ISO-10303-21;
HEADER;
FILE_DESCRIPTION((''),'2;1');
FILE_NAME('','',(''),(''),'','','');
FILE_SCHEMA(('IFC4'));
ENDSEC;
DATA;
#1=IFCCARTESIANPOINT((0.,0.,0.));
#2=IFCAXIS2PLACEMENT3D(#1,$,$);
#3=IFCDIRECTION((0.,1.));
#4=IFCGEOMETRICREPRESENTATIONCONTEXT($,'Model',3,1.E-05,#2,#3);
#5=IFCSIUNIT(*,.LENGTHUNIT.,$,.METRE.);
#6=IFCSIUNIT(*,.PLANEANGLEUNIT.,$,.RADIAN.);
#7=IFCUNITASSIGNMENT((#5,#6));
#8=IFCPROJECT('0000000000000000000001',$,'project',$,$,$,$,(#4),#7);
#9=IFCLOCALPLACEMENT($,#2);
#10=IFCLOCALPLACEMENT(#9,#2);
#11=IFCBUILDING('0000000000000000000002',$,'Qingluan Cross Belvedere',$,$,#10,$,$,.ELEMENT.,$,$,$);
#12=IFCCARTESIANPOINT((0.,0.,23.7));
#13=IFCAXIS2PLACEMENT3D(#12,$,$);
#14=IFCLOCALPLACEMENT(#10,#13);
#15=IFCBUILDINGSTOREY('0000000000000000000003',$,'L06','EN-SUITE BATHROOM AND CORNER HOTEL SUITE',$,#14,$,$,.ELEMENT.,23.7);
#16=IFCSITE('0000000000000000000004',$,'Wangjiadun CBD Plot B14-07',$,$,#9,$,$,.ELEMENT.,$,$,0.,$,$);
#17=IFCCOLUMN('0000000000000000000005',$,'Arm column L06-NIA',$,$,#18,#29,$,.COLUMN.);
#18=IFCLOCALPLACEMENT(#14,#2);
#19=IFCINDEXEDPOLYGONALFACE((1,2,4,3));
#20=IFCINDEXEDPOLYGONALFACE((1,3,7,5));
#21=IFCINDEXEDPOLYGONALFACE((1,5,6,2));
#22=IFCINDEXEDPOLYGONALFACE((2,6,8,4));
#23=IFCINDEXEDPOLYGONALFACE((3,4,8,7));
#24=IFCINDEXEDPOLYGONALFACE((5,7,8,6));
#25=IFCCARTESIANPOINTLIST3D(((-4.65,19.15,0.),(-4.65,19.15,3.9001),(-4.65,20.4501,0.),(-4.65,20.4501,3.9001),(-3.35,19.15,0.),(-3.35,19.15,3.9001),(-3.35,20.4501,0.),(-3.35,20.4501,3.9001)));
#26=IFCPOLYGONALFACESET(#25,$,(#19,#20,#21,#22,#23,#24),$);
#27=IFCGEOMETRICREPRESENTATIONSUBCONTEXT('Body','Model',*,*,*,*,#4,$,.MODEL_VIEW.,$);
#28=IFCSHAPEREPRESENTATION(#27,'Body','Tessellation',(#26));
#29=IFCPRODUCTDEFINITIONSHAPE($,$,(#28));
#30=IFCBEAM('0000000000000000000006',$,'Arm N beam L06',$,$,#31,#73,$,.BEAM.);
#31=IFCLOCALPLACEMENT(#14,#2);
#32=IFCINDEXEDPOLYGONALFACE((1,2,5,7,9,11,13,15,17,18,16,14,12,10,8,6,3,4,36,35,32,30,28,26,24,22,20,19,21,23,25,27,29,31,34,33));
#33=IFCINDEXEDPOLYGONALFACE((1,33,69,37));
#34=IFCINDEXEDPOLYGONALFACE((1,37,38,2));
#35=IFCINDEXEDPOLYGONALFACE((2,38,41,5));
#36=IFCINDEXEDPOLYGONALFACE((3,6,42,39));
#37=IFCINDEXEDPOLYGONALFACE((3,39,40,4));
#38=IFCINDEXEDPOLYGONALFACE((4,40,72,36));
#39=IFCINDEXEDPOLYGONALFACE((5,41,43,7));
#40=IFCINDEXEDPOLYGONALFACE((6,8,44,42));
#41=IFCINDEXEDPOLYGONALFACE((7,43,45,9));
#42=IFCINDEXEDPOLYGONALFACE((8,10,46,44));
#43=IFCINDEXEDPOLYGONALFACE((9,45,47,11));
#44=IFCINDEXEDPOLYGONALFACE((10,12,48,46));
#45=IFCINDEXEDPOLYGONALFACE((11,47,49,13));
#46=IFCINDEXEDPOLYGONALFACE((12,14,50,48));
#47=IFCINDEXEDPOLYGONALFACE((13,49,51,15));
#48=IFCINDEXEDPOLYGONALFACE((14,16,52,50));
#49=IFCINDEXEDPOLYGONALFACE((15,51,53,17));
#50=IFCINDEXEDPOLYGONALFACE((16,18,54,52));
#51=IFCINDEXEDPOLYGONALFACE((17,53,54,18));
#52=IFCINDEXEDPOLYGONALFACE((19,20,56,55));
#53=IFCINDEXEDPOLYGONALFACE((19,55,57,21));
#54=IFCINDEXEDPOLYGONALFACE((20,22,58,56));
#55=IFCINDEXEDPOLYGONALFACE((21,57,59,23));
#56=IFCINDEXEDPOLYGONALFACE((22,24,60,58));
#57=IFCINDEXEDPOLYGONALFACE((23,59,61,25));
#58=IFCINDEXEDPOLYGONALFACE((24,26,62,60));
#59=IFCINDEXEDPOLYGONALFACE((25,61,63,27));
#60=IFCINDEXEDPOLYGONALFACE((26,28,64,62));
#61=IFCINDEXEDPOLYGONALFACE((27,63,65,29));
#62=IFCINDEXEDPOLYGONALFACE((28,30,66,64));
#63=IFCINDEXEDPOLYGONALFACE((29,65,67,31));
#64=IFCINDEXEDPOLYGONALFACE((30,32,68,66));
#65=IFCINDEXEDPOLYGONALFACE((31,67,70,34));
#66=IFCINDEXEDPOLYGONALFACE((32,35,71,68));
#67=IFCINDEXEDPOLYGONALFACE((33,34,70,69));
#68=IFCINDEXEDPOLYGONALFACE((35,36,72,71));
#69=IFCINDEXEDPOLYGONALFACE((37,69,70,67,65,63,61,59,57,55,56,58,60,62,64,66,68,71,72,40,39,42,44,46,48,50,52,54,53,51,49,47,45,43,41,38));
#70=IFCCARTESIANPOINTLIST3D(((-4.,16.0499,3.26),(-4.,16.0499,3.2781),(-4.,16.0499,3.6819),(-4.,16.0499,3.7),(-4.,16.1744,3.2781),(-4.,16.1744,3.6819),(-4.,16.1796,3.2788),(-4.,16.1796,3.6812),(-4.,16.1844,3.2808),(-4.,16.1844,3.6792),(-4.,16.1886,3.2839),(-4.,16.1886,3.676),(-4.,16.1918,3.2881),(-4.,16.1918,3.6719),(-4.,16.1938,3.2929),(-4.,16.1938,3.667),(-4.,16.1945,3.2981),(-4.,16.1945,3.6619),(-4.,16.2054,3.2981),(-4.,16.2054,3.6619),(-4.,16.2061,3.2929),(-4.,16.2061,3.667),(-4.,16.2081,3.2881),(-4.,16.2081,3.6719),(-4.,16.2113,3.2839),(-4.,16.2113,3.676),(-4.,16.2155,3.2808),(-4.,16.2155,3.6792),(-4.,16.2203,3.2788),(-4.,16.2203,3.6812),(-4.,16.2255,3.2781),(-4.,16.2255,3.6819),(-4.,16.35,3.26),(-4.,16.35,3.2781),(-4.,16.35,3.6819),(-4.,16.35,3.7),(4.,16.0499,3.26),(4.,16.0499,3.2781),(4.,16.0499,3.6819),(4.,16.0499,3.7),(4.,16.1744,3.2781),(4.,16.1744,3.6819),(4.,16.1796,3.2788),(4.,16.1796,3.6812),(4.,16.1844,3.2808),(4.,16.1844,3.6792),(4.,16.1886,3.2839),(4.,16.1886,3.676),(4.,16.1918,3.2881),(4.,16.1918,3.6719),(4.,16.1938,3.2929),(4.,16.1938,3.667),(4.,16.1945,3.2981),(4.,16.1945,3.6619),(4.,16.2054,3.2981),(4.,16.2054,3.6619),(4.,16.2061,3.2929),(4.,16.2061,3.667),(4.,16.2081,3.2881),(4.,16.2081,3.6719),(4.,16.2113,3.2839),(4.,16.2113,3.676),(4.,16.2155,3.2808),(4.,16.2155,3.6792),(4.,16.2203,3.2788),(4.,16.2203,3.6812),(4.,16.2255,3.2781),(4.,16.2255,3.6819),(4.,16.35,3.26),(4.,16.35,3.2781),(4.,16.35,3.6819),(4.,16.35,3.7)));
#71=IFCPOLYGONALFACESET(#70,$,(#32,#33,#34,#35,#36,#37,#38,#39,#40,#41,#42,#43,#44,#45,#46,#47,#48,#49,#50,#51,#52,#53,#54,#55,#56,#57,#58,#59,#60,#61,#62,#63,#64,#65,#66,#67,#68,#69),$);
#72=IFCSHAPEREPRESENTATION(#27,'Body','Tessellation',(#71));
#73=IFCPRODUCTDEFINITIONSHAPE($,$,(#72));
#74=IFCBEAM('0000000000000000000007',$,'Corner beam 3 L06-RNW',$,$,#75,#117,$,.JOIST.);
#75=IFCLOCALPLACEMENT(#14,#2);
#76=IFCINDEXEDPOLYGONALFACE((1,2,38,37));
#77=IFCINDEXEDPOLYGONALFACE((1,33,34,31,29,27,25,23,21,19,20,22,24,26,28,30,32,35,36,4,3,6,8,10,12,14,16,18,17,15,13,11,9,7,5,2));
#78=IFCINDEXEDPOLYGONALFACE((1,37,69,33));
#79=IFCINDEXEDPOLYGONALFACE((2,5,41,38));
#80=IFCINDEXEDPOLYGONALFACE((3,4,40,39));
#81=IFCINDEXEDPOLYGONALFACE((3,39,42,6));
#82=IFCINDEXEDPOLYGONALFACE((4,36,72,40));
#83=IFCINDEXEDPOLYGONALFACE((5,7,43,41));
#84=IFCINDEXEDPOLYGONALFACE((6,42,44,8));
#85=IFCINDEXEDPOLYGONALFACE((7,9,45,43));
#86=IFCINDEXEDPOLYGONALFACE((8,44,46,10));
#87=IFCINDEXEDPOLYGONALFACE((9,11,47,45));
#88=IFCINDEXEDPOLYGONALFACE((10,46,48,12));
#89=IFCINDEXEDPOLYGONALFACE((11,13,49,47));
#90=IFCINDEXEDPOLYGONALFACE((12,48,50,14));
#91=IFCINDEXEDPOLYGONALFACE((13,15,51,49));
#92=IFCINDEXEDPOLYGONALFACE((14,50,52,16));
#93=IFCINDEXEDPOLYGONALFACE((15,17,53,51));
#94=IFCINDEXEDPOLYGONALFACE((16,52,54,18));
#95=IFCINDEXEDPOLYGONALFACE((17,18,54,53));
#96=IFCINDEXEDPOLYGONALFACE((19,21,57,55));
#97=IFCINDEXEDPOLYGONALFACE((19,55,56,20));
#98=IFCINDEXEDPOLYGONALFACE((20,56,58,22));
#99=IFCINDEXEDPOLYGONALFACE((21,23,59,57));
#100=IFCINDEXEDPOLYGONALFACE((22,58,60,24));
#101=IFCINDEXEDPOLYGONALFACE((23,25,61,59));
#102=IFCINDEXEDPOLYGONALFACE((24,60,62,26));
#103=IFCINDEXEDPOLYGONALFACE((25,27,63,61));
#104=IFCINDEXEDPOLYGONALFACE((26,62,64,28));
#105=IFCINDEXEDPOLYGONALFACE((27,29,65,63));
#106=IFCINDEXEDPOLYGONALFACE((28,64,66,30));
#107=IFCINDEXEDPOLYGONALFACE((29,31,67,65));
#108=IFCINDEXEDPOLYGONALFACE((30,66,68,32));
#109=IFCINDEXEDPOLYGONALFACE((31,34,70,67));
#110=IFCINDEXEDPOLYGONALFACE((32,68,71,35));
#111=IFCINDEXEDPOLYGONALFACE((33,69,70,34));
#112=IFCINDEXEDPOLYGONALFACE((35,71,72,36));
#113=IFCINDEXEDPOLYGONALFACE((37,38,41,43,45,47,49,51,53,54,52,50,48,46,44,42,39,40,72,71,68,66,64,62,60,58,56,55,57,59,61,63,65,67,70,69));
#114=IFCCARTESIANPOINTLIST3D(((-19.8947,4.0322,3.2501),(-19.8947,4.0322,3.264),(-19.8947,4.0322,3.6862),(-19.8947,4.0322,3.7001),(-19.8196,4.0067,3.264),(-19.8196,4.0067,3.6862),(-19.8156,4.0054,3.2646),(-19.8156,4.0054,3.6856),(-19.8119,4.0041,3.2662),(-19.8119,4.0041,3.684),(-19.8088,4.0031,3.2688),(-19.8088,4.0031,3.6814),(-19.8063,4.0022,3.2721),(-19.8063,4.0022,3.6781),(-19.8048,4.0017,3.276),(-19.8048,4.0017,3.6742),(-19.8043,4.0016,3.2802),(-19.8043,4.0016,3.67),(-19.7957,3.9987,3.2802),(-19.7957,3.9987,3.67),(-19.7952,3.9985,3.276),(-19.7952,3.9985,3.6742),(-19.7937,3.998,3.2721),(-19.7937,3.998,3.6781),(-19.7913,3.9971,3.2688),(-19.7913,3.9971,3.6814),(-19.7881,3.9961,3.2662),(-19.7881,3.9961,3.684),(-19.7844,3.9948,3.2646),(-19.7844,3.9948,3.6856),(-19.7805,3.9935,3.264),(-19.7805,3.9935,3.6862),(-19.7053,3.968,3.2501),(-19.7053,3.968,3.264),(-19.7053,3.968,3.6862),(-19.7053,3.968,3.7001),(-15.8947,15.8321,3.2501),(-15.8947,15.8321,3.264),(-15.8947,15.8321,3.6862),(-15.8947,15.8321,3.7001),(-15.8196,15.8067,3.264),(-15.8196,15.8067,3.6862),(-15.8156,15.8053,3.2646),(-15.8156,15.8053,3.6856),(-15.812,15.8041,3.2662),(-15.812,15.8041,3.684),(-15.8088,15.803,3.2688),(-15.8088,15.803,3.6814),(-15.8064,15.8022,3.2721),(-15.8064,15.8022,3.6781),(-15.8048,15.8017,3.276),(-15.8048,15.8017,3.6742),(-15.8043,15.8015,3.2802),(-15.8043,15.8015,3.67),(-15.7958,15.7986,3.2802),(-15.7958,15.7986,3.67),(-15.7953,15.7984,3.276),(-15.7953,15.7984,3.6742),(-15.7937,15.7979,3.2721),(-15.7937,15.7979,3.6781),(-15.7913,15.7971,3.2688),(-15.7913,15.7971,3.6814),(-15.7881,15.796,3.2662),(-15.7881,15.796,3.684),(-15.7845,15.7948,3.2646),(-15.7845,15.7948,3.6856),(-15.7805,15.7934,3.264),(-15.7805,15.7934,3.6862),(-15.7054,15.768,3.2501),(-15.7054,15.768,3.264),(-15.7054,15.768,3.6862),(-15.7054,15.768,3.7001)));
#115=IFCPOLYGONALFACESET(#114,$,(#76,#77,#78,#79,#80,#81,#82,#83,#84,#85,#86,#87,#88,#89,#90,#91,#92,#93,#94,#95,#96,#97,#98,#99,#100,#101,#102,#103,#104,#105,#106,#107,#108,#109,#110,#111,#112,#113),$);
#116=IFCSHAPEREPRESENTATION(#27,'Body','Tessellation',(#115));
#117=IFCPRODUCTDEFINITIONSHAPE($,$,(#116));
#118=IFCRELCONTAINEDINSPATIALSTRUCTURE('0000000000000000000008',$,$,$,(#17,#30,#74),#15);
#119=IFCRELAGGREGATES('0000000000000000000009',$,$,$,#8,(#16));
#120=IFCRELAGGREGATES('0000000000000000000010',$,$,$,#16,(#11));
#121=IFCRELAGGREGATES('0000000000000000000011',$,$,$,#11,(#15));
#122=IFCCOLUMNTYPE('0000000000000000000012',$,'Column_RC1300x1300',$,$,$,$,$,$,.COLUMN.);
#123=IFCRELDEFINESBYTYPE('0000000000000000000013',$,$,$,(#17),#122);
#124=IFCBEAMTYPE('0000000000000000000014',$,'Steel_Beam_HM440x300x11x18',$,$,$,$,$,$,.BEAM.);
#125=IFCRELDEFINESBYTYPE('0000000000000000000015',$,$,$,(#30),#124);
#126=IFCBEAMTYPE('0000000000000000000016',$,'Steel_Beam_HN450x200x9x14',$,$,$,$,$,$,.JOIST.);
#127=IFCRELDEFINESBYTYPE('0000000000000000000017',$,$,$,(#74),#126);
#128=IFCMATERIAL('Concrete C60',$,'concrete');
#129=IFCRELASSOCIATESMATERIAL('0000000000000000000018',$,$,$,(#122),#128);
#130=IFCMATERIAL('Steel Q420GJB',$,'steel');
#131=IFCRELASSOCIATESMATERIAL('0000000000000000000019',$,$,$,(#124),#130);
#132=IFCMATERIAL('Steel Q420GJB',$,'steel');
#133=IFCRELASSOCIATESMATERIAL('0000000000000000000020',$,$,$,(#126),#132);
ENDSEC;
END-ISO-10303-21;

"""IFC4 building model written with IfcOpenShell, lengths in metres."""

from ifc_helpers import new_model, si_unit, direction, frame, origin, origin_2d, place, context, subcontext, project, spatial, rectangle, i_section, extrude, material, material_profile, profile_set, type_object, element, save


model = new_model("IFC4")

# Units and contexts
model_context = context("Model", 3, precision=1e-05, world=origin(), true_north=direction((0.0, 1.0)))
body_context = subcontext(model_context, "Body", "Model", "MODEL_VIEW")
ifc_project = project(units=[si_unit("LENGTHUNIT", "METRE"), si_unit("PLANEANGLEUNIT", "RADIAN")], contexts=[model_context])

# Site, building, storey
site_placement = place(None, origin())
site = spatial("IfcSite", under=ifc_project, at=site_placement, Name="Wangjiadun CBD Plot B14-07", CompositionType="ELEMENT", RefElevation=0.0)
building_placement = place(site_placement, origin())
building = spatial("IfcBuilding", under=site, at=building_placement, Name="Qingluan Cross Belvedere", CompositionType="ELEMENT")
storey_placement = place(building_placement, frame((0.0, 0.0, 23.7)))
storey = spatial("IfcBuildingStorey", under=building, at=storey_placement, Name="L06", Description="EN-SUITE BATHROOM AND CORNER HOTEL SUITE", CompositionType="ELEMENT", Elevation=23.7)

# Column
ifc_material_1 = material(Name="Concrete C60", Category="concrete")
ifc_material_profile_1 = material_profile(ifc_material_1, rectangle(XDim=1.3, YDim=1.3, at=origin_2d()), Name="RC1300x1300")
ifc_profile_set_1 = profile_set([ifc_material_profile_1], Name="Concrete C60")
column_type = type_object("IfcColumnType", Name="Column_RC1300x1300", PredefinedType="COLUMN", material=ifc_profile_set_1)
column_placement = place(storey_placement, frame((-4.0, 19.8, 0.0), z_axis=(0.0, 0.0, 1.0), x_axis=(1.0, 0.0, 0.0)))
element("IfcColumn", 1, at=column_placement, inside=storey, type_object=column_type, Name="Arm column L06-NIA", PredefinedType="COLUMN", context=body_context, shape_type="SweptSolid", body=[
    extrude(rectangle(XDim=1.3, YDim=1.3, at=origin_2d()), origin(), (0.0, 0.0, 1.0), 3.9001),
])

# Beams
ifc_material_2 = material(Name="Steel Q420GJB", Category="steel")
ifc_material_profile_2 = material_profile(ifc_material_2, i_section(OverallWidth=0.3, OverallDepth=0.4399, WebThickness=0.011, FlangeThickness=0.0181, FilletRadius=0.02, at=origin_2d()), Name="HM440x300x11x18")
ifc_profile_set_2 = profile_set([ifc_material_profile_2], Name="Steel Q420GJB")
beam_type_1 = type_object("IfcBeamType", Name="Steel_Beam_HM440x300x11x18", PredefinedType="BEAM", material=ifc_profile_set_2)
beam_1_placement = place(storey_placement, frame((-4.0, 16.2, 3.48), z_axis=(1.0, 0.0, 0.0), x_axis=(0.0, 1.0, 0.0)))
element("IfcBeam", 2, at=beam_1_placement, inside=storey, type_object=beam_type_1, Name="Arm N beam L06", PredefinedType="BEAM", context=body_context, shape_type="SweptSolid", body=[
    extrude(i_section(OverallWidth=0.3, OverallDepth=0.4399, WebThickness=0.011, FlangeThickness=0.0181, FilletRadius=0.02, at=origin_2d()), origin(), (0.0, 0.0, 1.0), 8.0),
])
ifc_material_3 = material(Name="Steel Q420GJB", Category="steel")
ifc_material_profile_3 = material_profile(ifc_material_3, i_section(OverallWidth=0.2, OverallDepth=0.45, WebThickness=0.009, FlangeThickness=0.0139, FilletRadius=0.0161, at=origin_2d()), Name="HN450x200x9x14")
ifc_profile_set_3 = profile_set([ifc_material_profile_3], Name="Steel Q420GJB")
beam_type_2 = type_object("IfcBeamType", Name="Steel_Beam_HN450x200x9x14", PredefinedType="JOIST", material=ifc_profile_set_3)
beam_2_placement = place(storey_placement, frame((-15.8, 15.8, 3.4751), z_axis=(-0.321038, -0.947066, 0.0), x_axis=(0.947066, -0.321038, 0.0)))
element("IfcBeam", 3, at=beam_2_placement, inside=storey, type_object=beam_type_2, Name="Corner beam 3 L06-RNW", PredefinedType="JOIST", context=body_context, shape_type="SweptSolid", body=[
    extrude(i_section(OverallWidth=0.2, OverallDepth=0.45, WebThickness=0.009, FlangeThickness=0.0139, FilletRadius=0.0161, at=origin_2d()), origin(), (0.0, 0.0, 1.0), 12.4595),
])

save(model, "model.ifc")
